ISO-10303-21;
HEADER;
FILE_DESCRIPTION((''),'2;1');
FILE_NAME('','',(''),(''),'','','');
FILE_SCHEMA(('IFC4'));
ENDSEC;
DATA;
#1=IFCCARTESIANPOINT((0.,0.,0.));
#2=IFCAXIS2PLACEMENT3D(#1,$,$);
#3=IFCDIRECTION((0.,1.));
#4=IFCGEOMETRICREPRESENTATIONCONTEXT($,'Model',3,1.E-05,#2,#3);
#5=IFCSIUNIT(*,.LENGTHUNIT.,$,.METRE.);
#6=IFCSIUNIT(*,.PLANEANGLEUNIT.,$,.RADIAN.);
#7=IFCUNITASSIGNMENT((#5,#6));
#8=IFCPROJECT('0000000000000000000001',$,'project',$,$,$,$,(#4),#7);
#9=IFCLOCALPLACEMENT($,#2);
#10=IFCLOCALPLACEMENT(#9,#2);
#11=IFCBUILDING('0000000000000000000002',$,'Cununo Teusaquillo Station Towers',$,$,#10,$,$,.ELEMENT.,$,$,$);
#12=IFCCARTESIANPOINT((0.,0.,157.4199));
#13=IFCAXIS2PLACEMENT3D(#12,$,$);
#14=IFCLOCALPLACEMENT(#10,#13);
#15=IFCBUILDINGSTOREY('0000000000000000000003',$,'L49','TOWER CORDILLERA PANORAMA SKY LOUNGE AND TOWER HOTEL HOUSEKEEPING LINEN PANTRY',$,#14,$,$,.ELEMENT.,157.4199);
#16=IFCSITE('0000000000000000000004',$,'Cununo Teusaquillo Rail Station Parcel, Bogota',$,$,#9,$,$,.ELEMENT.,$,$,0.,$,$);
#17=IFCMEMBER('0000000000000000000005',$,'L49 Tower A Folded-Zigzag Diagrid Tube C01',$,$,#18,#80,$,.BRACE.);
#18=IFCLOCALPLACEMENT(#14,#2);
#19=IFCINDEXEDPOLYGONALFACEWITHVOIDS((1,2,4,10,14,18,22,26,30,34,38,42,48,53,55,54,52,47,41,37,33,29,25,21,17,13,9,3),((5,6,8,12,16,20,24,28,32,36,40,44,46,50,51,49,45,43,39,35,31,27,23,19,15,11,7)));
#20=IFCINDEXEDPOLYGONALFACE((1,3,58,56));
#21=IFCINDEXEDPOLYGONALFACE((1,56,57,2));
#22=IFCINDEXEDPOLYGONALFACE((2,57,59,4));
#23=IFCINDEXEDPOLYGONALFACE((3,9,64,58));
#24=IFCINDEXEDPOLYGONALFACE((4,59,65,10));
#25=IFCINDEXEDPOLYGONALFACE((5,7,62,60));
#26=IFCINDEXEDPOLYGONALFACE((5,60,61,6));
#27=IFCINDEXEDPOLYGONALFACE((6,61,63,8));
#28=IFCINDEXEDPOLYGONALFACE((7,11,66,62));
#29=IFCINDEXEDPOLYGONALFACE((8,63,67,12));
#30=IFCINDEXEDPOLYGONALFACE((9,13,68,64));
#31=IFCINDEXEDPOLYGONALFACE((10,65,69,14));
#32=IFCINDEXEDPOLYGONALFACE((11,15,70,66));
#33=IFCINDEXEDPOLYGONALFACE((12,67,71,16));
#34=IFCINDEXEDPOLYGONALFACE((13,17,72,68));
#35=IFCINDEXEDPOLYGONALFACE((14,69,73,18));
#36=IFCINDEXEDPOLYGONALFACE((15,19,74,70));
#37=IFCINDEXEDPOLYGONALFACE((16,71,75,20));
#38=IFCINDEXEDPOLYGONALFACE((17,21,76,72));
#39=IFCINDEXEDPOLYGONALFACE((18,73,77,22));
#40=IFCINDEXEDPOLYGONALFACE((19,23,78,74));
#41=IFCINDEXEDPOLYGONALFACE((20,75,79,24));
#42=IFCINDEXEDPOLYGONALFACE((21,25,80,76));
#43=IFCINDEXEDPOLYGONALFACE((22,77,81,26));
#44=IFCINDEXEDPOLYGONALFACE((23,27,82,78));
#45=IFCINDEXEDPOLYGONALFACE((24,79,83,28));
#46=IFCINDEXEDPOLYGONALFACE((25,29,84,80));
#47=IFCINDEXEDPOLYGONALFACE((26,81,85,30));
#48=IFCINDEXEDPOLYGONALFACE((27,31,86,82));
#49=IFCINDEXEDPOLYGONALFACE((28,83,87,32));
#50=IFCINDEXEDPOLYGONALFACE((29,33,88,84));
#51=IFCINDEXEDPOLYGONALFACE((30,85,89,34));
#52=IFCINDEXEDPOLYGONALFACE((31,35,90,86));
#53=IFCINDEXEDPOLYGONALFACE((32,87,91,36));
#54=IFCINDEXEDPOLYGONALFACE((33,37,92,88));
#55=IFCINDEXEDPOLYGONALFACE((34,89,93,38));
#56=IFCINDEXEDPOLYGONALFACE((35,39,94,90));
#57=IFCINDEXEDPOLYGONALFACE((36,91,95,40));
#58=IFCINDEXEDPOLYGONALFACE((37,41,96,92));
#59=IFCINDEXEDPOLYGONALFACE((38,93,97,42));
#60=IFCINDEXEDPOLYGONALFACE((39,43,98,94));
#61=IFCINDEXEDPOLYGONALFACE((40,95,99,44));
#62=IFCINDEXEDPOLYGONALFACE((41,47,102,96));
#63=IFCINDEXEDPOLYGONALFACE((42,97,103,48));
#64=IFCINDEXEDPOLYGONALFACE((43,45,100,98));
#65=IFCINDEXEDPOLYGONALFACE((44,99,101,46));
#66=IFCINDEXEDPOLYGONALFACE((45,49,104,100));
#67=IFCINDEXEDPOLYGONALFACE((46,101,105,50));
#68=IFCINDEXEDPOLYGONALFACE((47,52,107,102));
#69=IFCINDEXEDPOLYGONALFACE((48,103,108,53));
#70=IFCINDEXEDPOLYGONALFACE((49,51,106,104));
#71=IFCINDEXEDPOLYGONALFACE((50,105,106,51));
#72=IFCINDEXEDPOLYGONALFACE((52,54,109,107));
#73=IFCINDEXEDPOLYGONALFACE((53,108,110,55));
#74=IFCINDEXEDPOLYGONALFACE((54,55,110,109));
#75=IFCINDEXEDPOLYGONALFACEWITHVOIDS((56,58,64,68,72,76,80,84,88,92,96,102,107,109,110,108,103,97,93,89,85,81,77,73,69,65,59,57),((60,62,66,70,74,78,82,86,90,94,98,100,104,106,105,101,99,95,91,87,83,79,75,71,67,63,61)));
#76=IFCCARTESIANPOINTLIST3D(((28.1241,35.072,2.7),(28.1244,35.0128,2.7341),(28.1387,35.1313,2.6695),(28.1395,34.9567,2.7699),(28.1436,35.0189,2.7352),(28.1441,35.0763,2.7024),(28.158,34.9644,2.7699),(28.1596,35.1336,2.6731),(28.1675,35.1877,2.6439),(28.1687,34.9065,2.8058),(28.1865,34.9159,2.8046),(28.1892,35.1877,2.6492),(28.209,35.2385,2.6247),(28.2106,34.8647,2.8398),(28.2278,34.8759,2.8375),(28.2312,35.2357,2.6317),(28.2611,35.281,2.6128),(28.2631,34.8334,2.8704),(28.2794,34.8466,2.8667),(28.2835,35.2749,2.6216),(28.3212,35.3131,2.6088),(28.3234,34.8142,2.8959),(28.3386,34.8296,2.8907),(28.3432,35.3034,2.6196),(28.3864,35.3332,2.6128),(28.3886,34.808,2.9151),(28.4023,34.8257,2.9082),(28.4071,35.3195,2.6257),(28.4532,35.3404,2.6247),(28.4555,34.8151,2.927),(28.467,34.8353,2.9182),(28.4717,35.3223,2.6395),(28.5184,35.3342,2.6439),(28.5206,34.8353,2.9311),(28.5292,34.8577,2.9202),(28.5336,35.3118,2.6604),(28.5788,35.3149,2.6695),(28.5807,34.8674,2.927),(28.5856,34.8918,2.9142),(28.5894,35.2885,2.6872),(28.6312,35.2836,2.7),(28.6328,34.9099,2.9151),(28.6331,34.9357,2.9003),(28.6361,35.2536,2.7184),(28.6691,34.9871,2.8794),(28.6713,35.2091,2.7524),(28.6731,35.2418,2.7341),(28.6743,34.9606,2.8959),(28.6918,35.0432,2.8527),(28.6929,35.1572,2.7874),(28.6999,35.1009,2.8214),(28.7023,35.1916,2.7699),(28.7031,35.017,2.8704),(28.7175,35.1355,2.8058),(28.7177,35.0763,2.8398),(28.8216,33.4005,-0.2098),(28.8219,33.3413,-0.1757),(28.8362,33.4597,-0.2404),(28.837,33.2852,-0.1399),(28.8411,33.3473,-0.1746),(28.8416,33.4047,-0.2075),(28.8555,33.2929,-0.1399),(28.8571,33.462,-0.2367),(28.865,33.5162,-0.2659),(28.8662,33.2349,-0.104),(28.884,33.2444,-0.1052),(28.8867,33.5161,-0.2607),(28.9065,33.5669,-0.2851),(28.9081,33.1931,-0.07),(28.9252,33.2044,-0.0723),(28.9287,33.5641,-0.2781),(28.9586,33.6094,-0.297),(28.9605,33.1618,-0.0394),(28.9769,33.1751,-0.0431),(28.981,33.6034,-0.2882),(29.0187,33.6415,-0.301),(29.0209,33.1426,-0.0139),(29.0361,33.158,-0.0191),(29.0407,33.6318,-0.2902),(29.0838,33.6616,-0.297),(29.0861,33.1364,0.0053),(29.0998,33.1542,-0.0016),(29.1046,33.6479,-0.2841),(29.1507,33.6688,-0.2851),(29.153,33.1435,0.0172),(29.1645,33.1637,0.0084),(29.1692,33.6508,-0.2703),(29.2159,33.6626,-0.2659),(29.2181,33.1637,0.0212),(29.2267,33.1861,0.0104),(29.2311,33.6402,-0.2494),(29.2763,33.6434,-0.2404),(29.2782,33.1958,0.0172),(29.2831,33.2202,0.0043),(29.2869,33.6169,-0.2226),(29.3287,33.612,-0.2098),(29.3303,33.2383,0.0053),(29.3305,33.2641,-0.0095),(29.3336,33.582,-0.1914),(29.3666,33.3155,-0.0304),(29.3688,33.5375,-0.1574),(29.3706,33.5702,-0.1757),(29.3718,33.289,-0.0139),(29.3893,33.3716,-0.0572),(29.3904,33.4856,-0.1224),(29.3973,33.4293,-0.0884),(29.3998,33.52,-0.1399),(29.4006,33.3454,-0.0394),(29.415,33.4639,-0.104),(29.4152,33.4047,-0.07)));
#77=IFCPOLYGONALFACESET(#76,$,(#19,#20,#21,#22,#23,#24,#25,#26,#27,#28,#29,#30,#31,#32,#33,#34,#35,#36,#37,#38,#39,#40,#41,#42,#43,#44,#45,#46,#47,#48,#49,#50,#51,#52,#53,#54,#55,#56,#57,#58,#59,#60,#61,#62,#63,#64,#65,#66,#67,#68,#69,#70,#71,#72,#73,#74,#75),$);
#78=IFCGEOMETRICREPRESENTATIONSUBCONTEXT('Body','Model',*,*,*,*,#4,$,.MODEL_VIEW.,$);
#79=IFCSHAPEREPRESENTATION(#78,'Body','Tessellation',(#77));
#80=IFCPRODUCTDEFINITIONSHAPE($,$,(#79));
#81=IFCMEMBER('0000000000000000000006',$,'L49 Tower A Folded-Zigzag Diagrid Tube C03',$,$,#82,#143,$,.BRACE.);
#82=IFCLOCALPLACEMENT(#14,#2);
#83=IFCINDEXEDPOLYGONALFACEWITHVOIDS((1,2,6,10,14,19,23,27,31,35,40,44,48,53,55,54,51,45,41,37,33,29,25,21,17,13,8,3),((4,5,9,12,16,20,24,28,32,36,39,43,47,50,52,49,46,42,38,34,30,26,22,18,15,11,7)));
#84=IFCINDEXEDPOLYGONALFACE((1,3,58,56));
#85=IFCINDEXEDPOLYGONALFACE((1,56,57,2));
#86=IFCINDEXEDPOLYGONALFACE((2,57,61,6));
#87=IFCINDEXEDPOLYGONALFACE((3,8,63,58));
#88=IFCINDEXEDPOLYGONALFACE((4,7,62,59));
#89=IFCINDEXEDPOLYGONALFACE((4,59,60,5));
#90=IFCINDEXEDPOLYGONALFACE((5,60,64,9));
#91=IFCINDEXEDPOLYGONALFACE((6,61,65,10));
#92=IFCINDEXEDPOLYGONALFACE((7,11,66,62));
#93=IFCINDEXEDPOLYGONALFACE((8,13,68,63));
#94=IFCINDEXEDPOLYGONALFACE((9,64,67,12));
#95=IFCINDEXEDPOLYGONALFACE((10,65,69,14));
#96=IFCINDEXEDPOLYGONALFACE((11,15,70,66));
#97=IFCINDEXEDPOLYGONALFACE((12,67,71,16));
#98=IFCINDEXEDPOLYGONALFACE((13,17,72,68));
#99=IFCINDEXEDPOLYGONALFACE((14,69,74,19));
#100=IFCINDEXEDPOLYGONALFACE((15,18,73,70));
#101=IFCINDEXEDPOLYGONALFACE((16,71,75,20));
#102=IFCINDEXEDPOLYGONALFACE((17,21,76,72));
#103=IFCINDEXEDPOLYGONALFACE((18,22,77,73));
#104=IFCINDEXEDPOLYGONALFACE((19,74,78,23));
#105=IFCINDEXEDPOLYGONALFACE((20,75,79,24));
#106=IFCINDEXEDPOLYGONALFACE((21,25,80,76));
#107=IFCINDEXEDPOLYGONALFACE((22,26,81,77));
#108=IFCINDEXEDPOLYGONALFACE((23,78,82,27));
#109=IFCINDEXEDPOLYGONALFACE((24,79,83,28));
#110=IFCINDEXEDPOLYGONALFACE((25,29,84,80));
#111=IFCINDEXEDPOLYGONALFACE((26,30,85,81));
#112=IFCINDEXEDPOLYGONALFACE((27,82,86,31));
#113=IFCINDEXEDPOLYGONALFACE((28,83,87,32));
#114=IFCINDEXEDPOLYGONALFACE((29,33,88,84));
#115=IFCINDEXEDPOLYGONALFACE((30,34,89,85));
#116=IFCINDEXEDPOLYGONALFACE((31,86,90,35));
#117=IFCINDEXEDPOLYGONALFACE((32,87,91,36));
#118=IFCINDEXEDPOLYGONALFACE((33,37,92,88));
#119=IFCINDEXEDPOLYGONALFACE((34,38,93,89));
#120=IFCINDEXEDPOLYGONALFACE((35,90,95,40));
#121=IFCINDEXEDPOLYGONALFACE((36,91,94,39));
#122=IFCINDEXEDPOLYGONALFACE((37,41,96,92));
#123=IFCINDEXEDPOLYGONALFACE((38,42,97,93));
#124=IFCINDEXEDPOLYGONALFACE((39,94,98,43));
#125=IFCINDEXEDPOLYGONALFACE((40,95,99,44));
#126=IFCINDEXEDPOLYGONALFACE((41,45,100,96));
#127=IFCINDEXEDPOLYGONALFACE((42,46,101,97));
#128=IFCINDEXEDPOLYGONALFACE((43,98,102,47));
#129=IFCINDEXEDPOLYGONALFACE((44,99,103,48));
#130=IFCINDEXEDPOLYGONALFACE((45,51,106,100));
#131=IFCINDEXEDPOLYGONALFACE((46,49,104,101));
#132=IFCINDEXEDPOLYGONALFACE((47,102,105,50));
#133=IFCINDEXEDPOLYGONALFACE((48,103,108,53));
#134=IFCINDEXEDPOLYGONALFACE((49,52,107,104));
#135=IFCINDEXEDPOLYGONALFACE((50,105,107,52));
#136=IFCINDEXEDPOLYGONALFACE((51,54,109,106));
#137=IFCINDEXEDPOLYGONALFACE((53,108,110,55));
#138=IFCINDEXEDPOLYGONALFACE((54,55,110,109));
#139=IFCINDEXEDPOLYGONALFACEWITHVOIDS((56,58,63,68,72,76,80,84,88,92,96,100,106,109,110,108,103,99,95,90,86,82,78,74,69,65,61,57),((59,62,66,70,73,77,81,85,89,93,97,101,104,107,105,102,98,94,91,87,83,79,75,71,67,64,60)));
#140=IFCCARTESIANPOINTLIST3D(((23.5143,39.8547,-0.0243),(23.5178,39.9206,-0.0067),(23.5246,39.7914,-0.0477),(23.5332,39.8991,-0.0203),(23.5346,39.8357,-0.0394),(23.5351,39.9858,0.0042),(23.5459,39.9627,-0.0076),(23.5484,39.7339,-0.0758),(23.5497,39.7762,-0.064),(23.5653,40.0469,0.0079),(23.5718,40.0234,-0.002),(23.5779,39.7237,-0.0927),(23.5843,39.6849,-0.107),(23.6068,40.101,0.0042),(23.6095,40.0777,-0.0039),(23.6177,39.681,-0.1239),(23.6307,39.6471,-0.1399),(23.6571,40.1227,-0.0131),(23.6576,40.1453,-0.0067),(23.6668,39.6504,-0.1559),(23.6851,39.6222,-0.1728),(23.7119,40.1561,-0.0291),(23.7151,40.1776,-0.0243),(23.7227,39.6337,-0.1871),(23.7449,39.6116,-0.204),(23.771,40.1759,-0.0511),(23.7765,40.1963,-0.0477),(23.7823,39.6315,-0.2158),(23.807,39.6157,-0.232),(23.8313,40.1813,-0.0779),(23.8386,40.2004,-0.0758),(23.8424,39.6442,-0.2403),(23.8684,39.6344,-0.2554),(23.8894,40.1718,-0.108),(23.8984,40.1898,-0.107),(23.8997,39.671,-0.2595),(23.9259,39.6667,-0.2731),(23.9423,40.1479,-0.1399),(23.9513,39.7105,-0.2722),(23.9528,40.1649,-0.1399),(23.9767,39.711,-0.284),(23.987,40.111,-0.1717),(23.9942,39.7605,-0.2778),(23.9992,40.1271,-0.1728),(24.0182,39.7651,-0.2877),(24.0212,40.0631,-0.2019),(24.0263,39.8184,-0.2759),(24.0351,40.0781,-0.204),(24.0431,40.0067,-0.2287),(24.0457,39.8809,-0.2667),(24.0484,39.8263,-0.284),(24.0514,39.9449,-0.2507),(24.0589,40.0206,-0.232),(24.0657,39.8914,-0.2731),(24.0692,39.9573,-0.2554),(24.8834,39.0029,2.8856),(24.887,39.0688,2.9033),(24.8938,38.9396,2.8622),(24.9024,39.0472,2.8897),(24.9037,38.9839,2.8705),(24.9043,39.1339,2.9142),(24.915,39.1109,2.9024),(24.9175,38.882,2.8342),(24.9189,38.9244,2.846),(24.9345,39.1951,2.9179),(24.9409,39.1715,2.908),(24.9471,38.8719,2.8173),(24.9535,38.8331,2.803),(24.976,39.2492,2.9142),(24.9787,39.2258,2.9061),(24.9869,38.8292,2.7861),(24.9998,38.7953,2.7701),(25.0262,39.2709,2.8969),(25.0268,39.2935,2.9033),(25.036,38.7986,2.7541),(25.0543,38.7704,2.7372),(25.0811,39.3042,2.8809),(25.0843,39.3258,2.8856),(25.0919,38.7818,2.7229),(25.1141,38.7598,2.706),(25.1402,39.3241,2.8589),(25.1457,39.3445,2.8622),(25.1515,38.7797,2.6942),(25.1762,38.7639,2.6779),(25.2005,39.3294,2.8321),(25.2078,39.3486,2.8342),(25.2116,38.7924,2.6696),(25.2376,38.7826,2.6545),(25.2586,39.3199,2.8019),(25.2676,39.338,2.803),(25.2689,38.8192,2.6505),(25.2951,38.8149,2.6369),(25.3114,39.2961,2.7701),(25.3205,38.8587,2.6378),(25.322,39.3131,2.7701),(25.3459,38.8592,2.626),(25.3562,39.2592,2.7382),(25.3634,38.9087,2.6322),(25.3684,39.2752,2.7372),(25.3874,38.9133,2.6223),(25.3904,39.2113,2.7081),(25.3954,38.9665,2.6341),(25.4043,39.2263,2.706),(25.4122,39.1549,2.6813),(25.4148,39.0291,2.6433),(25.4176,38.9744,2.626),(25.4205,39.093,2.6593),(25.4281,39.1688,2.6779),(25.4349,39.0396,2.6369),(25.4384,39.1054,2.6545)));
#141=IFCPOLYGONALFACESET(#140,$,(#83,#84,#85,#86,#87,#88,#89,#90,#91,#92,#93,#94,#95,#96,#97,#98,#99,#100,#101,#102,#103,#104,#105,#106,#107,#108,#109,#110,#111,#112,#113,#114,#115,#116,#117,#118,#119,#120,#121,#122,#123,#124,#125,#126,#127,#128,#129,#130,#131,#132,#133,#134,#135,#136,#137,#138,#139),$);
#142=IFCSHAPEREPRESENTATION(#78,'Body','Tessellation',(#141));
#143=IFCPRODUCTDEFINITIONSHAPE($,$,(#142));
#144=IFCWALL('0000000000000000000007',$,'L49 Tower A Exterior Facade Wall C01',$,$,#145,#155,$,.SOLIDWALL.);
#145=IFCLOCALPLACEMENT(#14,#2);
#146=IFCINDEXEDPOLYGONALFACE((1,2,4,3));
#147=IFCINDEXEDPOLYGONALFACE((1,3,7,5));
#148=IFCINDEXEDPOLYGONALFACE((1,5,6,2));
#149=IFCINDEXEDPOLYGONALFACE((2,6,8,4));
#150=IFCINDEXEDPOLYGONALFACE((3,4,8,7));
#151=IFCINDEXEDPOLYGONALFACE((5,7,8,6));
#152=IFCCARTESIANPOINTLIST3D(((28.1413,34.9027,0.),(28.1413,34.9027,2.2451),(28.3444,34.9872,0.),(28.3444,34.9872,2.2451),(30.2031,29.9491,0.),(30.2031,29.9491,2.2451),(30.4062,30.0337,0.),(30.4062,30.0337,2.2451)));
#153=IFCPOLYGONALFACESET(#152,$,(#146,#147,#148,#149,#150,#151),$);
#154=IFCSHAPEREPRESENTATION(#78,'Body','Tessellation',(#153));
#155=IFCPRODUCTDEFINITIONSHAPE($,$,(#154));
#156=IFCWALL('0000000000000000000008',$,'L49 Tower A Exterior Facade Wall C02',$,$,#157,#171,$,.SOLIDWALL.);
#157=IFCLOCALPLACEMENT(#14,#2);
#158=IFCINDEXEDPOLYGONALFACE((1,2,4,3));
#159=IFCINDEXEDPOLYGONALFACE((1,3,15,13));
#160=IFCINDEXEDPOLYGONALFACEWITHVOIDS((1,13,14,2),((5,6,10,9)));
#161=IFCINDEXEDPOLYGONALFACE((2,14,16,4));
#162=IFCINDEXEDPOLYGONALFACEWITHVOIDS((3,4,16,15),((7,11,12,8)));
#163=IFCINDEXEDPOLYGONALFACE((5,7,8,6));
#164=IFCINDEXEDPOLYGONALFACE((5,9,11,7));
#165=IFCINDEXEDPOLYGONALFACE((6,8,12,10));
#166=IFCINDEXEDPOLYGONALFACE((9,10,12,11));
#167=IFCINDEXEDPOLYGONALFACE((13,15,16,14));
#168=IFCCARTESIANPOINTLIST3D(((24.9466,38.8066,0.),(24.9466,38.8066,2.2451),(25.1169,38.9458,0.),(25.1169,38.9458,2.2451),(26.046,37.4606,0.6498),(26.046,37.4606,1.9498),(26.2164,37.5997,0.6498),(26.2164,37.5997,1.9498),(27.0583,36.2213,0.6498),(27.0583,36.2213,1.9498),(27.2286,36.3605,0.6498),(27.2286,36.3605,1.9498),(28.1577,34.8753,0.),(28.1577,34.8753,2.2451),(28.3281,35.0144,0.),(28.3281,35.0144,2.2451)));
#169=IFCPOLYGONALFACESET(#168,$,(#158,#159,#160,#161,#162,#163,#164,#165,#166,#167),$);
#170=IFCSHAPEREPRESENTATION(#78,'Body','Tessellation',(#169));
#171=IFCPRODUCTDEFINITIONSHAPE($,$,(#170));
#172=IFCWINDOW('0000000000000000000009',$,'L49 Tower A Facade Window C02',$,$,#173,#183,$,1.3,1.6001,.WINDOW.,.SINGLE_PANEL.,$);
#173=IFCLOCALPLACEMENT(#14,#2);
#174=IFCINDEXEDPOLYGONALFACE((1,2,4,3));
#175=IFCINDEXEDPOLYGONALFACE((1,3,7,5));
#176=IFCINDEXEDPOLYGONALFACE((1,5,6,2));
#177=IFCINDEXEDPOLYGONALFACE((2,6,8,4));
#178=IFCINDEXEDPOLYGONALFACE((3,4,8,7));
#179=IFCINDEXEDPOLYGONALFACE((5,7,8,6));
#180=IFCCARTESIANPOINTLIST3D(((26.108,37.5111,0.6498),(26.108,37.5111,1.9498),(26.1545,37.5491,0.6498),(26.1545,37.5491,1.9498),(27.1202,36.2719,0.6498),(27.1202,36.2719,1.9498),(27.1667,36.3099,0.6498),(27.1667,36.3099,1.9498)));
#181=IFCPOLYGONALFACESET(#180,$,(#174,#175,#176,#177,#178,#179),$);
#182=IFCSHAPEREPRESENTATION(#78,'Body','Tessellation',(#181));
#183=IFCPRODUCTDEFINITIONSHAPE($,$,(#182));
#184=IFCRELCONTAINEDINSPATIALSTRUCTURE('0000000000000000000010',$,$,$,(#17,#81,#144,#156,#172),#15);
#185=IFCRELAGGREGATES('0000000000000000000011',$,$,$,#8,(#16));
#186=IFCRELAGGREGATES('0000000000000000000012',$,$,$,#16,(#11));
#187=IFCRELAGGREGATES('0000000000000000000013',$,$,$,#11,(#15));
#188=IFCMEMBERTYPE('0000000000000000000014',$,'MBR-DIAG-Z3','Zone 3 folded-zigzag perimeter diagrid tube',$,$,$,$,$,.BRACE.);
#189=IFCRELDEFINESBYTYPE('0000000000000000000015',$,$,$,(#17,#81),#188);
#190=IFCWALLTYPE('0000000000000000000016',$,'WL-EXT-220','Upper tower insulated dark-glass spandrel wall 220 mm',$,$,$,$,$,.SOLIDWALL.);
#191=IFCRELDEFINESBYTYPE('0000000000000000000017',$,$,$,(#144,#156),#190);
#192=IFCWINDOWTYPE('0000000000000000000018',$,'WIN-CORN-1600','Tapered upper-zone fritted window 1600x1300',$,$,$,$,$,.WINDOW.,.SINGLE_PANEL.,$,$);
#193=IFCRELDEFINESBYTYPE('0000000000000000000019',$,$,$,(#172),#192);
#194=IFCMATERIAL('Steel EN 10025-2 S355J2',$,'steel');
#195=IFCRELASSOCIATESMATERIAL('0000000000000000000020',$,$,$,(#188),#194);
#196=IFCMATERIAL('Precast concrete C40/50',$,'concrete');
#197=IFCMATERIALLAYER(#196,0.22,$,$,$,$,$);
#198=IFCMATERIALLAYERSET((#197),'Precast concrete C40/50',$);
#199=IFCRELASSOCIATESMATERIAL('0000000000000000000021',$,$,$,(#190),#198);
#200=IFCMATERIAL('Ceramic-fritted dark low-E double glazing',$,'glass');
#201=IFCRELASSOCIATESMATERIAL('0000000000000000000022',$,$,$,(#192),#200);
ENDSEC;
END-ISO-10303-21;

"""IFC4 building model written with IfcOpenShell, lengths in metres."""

from ifc_helpers import new_model, si_unit, direction, frame, frame_2d, origin, origin_2d, place, context, subcontext, project, spatial, rectangle, hollow_circle, extrude, source, transform, mapped, material, layer, layer_set, material_profile, profile_set, type_object, element, fill, save


model = new_model("IFC4")

# Units and contexts
model_context = context("Model", 3, precision=1e-05, world=origin(), true_north=direction((0.0, 1.0)))
body_context = subcontext(model_context, "Body", "Model", "MODEL_VIEW")
ifc_project = project(units=[si_unit("LENGTHUNIT", "METRE"), si_unit("PLANEANGLEUNIT", "RADIAN")], contexts=[model_context])

# Site, building, storey
site_placement = place(None, origin())
site = spatial("IfcSite", under=ifc_project, at=site_placement, Name="Cununo Teusaquillo Rail Station Parcel, Bogota", CompositionType="ELEMENT", RefElevation=0.0)
building_placement = place(site_placement, origin())
building = spatial("IfcBuilding", under=site, at=building_placement, Name="Cununo Teusaquillo Station Towers", CompositionType="ELEMENT")
storey_placement = place(building_placement, frame((0.0, 0.0, 157.4199)))
storey = spatial("IfcBuildingStorey", under=building, at=storey_placement, Name="L49", Description="TOWER CORDILLERA PANORAMA SKY LOUNGE AND TOWER HOTEL HOUSEKEEPING LINEN PANTRY", CompositionType="ELEMENT", Elevation=157.4199)

# Members
ifc_material_1 = material(Name="Steel EN 10025-2 S355J2", Category="steel")
ifc_material_profile_1 = material_profile(ifc_material_1, hollow_circle(Radius=0.3049, WallThickness=0.02, at=origin_2d()), Name="CHS 610x20")
ifc_profile_set_1 = profile_set([ifc_material_profile_1], Name="Steel EN 10025-2 S355J2")
member_type = type_object("IfcMemberType", Name="MBR-DIAG-Z3", Description="Zone 3 folded-zigzag perimeter diagrid tube", PredefinedType="BRACE", material=ifc_profile_set_1)
member_1_placement = place(storey_placement, frame((29.1184, 33.4026, -0.1399), z_axis=(-0.203498, 0.487697, 0.848964), x_axis=(-0.922881, -0.385084, 0.0)))
element("IfcMember", 1, at=member_1_placement, inside=storey, type_object=member_type, Name="L49 Tower A Folded-Zigzag Diagrid Tube C01", PredefinedType="BRACE", context=body_context, shape_type="SweptSolid", body=[
    extrude(hollow_circle(Radius=0.3049, WallThickness=0.02, at=origin_2d()), origin(), (0.0, 0.0, 1.0), 3.4275),
])
member_2_placement = place(storey_placement, frame((23.7917, 39.906, -0.1399), z_axis=(0.411547, -0.256043, 0.874684), x_axis=(0.528256, 0.849085, 0.0)))
element("IfcMember", 2, at=member_2_placement, inside=storey, type_object=member_type, Name="L49 Tower A Folded-Zigzag Diagrid Tube C03", PredefinedType="BRACE", context=body_context, shape_type="SweptSolid", body=[
    extrude(hollow_circle(Radius=0.3049, WallThickness=0.02, at=origin_2d()), origin(), (0.0, 0.0, 1.0), 3.3269),
])

# Wall
ifc_material_2 = material(Name="Precast concrete C40/50", Category="concrete")
ifc_layer_1 = layer(ifc_material_2, 0.22)
ifc_layer_set_1 = layer_set([ifc_layer_1], Name="Precast concrete C40/50")
wall_type_1 = type_object("IfcWallType", Name="WL-EXT-220", Description="Upper tower insulated dark-glass spandrel wall 220 mm", PredefinedType="SOLIDWALL", material=ifc_layer_set_1)
wall_1_placement = place(storey_placement, frame((28.2429, 34.9448, 0.0), z_axis=(0.0, 0.0, 1.0), x_axis=(0.38426, -0.923225, 0.0)))
element("IfcWall", 3, at=wall_1_placement, inside=storey, type_object=wall_type_1, Name="L49 Tower A Exterior Facade Wall C01", PredefinedType="SOLIDWALL", context=body_context, shape_type="SweptSolid", body=[
    extrude(rectangle(XDim=5.3655, YDim=0.22, at=frame_2d((2.6826, 0.0))), origin(), (0.0, 0.0, 1.0), 2.2451),
])

# Wall, opening, window
wall_2_placement = place(storey_placement, frame((25.0317, 38.8762, 0.0), z_axis=(0.0, 0.0, 1.0), x_axis=(0.632599, -0.77448, 0.0)))
wall_2 = element("IfcWall", 4, at=wall_2_placement, inside=storey, type_object=wall_type_1, Name="L49 Tower A Exterior Facade Wall C02", PredefinedType="SOLIDWALL", context=body_context, shape_type="SweptSolid", body=[
    extrude(rectangle(XDim=5.0762, YDim=0.22, at=frame_2d((2.5381, 0.0))), origin(), (0.0, 0.0, 1.0), 2.2451),
])
shared_shape_1 = source(origin(), body_context, "Body", "SweptSolid", [
    extrude(rectangle(XDim=1.6001, YDim=1.3, at=frame_2d((0.8, 0.6499))), frame((0.0, 0.1199, 0.0), z_axis=(0.0, -1.0, 0.0), x_axis=(1.0, 0.0, 0.0)), (0.0, 0.0, 1.0), 0.24),
])
opening_1_placement = place(wall_2_placement, frame((1.738, 0.0, 0.6499)))
opening_1 = element("IfcOpeningElement", 5, at=opening_1_placement, cuts=wall_2, PredefinedType="OPENING", context=body_context, shape_type="MappedRepresentation", body=[
    mapped(shared_shape_1, transform((0.0, 0.0, 0.0), x_axis=(1.0, 0.0, 0.0), y_axis=(0.0, 1.0, 0.0), z_axis=(0.0, 0.0, 1.0), scale=1.0)),
])
ifc_material_3 = material(Name="Ceramic-fritted dark low-E double glazing", Category="glass")
window_type = type_object("IfcWindowType", Name="WIN-CORN-1600", Description="Tapered upper-zone fritted window 1600x1300", PartitioningType="SINGLE_PANEL", PredefinedType="WINDOW", material=ifc_material_3)
shared_shape_2 = source(origin(), body_context, "Body", "SweptSolid", [
    extrude(rectangle(XDim=1.6001, YDim=1.3, at=frame_2d((0.8, 0.6499))), frame((0.0, 0.03, 0.0), z_axis=(0.0, -1.0, 0.0), x_axis=(1.0, 0.0, 0.0)), (0.0, 0.0, 1.0), 0.0601),
])
window_placement = place(opening_1_placement, origin())
window = element("IfcWindow", 6, at=window_placement, inside=storey, type_object=window_type, Name="L49 Tower A Facade Window C02", OverallHeight=1.3, OverallWidth=1.6001, PartitioningType="SINGLE_PANEL", PredefinedType="WINDOW", context=body_context, shape_type="MappedRepresentation", body=[
    mapped(shared_shape_2, transform((0.0, 0.0, 0.0), x_axis=(1.0, 0.0, 0.0), y_axis=(0.0, 1.0, 0.0), z_axis=(0.0, 0.0, 1.0), scale=1.0)),
])
fill(opening_1, window)

save(model, "model.ifc")
